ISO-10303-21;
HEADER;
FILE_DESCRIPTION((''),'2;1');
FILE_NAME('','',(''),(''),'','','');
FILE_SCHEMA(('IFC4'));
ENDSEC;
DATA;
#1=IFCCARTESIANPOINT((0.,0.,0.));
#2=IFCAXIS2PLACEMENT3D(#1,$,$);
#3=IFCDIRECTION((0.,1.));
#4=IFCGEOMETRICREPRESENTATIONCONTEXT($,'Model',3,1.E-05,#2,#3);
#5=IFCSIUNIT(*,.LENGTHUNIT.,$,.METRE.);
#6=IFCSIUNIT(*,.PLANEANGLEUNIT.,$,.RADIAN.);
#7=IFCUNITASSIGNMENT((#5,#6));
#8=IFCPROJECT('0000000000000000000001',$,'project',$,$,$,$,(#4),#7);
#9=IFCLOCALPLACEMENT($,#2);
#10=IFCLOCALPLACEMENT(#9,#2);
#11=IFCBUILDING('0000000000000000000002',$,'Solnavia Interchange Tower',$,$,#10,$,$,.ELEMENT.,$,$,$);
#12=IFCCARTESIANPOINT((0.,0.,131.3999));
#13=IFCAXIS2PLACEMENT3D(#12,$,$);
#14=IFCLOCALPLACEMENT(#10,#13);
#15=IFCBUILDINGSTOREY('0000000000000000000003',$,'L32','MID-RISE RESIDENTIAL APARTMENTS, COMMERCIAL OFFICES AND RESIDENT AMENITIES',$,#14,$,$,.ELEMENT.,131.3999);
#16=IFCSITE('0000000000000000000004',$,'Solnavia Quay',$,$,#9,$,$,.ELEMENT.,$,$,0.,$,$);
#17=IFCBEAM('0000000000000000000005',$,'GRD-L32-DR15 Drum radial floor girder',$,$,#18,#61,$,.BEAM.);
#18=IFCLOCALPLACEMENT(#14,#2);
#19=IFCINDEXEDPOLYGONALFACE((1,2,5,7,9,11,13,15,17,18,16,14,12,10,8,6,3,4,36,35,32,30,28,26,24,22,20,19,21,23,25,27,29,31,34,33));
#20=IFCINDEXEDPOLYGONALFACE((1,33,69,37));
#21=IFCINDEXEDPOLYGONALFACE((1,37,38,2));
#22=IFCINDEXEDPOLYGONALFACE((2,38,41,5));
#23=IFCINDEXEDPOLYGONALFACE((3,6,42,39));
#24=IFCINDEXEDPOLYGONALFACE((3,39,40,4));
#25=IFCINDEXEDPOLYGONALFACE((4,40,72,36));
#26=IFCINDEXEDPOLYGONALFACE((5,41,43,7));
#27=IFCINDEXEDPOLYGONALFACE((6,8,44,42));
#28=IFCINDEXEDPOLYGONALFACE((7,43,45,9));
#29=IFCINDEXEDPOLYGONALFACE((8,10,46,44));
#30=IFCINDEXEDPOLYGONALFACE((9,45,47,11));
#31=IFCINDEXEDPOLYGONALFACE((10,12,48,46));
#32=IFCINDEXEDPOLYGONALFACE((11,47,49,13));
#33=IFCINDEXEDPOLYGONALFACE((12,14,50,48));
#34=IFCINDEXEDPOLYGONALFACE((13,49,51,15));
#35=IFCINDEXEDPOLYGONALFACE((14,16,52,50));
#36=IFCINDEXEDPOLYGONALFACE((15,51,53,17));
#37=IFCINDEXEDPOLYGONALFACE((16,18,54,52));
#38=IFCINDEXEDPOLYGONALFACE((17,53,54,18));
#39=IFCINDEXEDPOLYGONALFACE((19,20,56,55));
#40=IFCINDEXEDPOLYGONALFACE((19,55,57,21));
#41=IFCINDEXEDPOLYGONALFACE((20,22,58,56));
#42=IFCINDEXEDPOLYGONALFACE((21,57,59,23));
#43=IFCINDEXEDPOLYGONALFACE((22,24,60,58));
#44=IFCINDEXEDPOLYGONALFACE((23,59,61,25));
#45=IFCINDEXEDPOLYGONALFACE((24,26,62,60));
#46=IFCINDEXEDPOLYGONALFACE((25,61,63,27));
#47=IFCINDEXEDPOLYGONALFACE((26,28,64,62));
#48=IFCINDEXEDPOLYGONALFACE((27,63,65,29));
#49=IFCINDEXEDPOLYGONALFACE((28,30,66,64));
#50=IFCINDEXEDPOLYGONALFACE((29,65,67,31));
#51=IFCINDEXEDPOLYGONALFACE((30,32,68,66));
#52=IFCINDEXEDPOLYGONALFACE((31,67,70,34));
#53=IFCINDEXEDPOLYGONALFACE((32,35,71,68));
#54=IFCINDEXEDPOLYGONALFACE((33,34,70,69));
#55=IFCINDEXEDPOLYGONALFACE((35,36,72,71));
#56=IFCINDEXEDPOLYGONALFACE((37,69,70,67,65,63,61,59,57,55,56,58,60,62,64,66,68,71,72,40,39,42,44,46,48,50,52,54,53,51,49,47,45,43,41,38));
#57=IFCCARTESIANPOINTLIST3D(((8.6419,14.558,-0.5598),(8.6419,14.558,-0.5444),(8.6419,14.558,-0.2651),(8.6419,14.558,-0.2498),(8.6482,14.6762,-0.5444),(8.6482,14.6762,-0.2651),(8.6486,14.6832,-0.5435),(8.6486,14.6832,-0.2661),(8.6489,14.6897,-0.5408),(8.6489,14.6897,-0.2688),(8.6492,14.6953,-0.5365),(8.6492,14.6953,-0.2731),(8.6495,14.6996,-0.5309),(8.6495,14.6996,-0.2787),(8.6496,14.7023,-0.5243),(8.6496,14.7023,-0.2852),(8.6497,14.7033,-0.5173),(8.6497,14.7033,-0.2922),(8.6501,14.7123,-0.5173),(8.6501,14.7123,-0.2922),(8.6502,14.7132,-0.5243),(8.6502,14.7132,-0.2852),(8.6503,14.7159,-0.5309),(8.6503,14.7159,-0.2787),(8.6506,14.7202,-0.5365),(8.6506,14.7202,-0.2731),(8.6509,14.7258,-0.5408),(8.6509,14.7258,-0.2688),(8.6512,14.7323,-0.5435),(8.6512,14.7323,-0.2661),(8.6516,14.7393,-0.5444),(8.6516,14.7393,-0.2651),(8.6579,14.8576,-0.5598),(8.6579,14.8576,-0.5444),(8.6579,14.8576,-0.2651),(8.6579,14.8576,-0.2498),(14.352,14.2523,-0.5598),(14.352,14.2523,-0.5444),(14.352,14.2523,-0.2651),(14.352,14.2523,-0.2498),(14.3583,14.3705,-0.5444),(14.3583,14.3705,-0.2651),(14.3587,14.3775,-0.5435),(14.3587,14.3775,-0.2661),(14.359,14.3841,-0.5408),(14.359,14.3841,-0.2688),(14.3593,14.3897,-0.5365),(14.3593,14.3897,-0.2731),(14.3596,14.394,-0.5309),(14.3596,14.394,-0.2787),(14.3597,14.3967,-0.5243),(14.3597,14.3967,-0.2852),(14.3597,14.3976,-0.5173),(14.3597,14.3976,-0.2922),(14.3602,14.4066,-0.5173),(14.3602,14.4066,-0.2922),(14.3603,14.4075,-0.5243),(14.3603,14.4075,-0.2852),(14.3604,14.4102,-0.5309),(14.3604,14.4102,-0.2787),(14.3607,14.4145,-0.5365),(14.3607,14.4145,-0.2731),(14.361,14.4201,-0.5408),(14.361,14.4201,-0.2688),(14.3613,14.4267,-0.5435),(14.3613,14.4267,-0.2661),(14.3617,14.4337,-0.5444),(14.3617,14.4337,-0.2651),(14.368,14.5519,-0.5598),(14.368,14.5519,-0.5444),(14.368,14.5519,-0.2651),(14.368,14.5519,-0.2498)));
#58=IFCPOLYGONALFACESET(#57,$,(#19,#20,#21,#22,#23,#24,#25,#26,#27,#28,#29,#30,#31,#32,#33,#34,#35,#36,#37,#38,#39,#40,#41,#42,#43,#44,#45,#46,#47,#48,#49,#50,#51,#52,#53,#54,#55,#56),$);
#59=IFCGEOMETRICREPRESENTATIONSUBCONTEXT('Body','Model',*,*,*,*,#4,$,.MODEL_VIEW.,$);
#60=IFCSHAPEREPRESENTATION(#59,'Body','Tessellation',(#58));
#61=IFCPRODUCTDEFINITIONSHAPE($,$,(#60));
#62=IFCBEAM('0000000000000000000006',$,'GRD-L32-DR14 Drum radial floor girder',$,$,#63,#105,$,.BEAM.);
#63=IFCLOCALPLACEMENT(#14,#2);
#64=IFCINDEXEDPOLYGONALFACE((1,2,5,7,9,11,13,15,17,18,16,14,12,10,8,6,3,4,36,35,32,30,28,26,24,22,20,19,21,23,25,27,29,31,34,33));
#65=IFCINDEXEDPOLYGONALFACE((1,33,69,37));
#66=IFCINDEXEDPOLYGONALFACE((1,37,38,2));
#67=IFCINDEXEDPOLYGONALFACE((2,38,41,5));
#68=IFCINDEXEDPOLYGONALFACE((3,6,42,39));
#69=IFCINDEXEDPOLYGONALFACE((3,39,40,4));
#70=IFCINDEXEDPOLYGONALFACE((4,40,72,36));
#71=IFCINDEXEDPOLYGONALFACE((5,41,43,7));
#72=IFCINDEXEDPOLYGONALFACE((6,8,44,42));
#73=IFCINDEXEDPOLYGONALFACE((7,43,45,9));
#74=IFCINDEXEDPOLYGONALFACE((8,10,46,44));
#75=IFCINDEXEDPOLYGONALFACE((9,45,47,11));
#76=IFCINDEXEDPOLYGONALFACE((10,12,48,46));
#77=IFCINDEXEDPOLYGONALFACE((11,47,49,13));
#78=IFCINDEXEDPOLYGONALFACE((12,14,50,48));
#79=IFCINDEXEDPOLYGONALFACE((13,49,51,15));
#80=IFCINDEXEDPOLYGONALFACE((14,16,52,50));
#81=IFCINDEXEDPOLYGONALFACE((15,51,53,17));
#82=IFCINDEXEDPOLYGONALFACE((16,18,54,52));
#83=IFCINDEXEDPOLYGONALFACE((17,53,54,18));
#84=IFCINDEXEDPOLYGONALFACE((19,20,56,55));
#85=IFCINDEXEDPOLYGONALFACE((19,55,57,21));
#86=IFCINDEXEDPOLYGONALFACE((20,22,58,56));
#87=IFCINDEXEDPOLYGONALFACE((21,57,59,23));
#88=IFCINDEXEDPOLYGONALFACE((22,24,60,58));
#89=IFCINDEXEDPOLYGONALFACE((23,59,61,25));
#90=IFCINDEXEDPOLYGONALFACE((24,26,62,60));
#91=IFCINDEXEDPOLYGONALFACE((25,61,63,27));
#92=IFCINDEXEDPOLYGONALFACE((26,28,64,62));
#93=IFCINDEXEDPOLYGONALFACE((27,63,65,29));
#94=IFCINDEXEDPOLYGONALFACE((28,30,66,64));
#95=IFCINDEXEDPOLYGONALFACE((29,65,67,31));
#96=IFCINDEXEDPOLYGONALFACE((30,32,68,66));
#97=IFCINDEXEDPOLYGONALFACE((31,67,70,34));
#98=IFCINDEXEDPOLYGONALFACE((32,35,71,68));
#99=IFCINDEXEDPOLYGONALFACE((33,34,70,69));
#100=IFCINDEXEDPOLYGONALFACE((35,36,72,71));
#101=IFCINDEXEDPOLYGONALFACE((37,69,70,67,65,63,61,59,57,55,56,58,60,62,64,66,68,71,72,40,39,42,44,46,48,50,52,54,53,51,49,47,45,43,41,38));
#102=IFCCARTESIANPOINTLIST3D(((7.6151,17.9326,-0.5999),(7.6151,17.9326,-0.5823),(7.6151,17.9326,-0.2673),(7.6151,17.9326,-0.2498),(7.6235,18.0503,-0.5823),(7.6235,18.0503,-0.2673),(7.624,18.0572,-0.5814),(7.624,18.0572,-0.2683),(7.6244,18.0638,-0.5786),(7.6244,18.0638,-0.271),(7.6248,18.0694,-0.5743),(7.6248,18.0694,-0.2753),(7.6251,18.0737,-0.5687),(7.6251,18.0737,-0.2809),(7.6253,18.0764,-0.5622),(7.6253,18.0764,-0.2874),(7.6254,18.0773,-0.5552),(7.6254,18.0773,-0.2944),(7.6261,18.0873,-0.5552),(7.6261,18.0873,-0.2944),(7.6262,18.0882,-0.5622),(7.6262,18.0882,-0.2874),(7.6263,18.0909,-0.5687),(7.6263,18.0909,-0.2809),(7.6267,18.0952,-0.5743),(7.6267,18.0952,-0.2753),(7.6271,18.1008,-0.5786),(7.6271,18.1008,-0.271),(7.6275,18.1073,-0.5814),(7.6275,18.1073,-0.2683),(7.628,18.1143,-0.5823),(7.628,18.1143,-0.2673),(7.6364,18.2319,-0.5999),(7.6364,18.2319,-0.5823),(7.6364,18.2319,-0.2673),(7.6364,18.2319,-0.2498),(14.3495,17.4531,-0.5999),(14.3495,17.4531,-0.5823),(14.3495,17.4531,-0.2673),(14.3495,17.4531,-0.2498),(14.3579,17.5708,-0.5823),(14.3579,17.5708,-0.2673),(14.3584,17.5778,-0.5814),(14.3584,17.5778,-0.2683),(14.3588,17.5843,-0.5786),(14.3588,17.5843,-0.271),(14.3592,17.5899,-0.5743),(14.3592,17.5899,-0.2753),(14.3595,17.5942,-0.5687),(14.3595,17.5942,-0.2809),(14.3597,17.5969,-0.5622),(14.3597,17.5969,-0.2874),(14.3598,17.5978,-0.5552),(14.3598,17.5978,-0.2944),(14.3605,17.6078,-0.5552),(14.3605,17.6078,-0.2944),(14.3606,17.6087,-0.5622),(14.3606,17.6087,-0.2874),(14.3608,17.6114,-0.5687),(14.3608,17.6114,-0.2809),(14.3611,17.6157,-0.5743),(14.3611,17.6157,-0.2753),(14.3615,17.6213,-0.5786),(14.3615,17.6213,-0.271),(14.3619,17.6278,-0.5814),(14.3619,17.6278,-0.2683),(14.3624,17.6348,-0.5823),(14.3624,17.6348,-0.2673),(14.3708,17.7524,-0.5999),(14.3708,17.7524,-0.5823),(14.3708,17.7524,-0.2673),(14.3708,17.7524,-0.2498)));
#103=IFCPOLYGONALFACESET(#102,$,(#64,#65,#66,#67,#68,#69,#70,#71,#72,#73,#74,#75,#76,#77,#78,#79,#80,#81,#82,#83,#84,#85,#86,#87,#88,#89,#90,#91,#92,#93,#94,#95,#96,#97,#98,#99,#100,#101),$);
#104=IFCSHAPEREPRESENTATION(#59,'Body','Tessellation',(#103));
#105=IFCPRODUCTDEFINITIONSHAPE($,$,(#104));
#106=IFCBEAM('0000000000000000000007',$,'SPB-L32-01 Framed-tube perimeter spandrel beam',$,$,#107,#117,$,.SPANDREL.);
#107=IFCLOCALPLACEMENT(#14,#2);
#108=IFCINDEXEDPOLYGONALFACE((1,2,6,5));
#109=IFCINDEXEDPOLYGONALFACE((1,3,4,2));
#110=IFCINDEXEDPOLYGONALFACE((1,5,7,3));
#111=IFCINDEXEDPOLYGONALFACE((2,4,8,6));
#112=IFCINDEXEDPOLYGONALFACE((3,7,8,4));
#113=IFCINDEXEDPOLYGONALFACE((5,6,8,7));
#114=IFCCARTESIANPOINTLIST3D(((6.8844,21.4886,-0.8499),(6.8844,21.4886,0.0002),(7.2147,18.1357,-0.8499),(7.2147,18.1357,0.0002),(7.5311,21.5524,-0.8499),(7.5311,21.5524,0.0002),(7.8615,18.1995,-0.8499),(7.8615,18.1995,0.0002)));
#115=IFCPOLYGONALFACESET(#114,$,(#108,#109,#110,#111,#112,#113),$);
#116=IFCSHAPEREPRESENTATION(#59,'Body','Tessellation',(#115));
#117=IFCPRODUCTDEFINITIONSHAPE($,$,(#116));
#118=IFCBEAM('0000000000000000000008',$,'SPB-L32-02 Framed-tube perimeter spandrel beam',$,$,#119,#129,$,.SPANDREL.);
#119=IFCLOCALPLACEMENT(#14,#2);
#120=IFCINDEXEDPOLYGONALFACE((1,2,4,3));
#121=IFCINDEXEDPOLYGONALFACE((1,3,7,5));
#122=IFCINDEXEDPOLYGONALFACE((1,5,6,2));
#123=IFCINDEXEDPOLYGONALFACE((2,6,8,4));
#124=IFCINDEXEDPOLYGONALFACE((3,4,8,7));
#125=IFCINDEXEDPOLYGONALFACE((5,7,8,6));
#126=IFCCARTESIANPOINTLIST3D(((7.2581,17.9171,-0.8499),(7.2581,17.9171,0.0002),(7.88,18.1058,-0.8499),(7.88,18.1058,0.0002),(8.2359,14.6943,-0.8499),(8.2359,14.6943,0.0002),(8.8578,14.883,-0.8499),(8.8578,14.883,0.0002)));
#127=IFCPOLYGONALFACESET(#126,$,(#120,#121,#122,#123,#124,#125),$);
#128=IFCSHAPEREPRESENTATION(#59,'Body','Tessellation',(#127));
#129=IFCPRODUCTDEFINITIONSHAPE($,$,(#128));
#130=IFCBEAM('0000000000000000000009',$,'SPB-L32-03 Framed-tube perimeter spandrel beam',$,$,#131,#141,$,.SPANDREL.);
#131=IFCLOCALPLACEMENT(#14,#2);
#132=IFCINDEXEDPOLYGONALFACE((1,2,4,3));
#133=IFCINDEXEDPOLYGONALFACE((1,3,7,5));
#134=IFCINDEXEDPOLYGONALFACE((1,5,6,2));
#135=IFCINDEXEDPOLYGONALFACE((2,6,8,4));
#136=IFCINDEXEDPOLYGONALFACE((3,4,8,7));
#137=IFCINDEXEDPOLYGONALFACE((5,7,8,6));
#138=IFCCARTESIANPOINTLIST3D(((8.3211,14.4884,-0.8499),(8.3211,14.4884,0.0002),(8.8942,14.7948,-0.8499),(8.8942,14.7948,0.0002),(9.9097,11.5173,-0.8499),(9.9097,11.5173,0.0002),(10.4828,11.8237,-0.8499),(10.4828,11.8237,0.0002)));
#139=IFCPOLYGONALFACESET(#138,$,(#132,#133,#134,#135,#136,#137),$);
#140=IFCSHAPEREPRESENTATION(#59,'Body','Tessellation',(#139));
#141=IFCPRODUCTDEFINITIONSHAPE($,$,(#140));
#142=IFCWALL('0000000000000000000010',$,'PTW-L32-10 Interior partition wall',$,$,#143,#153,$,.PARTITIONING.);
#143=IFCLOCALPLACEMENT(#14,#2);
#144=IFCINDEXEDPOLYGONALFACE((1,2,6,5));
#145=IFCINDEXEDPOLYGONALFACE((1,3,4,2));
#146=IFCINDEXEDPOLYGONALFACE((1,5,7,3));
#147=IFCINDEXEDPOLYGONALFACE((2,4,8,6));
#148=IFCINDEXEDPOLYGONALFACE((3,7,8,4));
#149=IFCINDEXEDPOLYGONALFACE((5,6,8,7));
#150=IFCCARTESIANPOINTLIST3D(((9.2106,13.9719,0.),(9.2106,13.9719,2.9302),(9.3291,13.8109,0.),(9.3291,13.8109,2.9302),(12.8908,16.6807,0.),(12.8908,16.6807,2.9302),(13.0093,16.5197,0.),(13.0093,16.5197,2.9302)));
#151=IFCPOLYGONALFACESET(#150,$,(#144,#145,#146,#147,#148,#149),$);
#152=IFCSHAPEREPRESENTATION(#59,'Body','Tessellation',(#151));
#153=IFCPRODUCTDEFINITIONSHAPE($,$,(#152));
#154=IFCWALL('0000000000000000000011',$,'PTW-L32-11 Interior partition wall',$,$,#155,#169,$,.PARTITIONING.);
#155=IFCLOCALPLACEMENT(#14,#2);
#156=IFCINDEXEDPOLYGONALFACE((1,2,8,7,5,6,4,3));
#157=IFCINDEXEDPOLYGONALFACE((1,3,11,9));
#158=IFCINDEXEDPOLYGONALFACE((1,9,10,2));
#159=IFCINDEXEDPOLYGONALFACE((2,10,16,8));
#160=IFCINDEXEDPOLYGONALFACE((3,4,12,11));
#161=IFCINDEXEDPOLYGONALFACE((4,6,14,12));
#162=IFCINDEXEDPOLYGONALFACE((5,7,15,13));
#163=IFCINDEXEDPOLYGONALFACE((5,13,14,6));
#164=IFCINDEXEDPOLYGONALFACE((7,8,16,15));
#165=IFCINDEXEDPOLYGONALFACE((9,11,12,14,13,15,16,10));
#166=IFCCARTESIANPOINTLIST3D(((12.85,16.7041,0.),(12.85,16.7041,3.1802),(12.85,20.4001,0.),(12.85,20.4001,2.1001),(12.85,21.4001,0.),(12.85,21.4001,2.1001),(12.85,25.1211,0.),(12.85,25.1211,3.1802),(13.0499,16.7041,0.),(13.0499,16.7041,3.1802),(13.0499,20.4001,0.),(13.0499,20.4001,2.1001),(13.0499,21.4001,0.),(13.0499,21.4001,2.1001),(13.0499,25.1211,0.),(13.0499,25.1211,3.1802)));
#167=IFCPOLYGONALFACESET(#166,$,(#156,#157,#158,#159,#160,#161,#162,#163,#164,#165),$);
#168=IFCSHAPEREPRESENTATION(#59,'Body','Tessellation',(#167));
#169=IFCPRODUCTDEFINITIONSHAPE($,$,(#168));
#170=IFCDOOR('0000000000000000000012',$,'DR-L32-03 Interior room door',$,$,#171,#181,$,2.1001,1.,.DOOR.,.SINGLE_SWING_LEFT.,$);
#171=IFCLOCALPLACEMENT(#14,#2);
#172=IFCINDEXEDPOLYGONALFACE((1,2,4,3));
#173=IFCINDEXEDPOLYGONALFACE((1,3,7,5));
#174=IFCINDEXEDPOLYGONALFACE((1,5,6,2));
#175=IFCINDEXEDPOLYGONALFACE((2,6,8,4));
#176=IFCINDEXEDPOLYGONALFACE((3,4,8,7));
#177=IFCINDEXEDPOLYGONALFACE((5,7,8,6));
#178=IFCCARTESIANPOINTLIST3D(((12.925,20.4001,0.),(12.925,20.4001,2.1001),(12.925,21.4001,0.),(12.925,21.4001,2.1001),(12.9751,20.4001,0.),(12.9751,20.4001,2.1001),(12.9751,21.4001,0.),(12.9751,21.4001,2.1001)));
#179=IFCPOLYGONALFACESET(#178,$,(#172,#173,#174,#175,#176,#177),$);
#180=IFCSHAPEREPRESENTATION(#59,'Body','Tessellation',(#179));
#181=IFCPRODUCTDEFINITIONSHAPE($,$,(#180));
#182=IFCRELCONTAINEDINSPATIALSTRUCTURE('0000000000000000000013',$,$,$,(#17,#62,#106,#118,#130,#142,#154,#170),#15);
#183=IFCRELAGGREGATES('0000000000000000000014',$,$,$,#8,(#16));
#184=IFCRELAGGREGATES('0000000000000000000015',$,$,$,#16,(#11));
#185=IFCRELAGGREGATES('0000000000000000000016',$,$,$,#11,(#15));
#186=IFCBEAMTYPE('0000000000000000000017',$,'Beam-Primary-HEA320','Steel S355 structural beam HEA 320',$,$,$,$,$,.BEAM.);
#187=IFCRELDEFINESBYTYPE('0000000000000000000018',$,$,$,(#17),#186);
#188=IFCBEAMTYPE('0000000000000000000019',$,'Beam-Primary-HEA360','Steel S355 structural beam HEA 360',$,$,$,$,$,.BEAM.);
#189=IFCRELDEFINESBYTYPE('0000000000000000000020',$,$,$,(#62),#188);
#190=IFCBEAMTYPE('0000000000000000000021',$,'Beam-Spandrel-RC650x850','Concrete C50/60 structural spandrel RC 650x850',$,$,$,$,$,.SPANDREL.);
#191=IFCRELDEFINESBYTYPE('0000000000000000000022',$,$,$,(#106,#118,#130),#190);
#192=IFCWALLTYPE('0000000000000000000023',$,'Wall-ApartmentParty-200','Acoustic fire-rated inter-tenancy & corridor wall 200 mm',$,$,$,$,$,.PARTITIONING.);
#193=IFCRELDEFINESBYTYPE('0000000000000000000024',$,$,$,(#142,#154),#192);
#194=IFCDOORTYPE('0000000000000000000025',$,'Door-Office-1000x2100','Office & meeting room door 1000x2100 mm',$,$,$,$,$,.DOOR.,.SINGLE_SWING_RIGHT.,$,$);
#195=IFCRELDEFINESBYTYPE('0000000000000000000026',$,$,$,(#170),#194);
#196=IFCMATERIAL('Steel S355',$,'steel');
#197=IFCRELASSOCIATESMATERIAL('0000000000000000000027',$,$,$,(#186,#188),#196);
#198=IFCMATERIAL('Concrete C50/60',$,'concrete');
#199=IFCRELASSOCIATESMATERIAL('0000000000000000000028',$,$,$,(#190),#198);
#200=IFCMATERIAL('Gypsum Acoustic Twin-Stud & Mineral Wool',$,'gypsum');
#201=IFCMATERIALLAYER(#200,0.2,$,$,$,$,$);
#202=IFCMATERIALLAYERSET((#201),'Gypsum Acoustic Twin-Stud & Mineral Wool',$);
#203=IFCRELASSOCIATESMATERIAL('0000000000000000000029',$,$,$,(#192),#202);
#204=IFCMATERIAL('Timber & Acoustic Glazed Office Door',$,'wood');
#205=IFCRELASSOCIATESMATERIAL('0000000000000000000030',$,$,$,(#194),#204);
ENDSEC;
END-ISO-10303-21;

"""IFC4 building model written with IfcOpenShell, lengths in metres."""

from ifc_helpers import new_model, si_unit, direction, frame, frame_2d, origin, origin_2d, place, context, subcontext, project, spatial, rectangle, i_section, extrude, material, layer, layer_set, material_profile, profile_set, type_object, element, fill, save


model = new_model("IFC4")

# Units and contexts
model_context = context("Model", 3, precision=1e-05, world=origin(), true_north=direction((0.0, 1.0)))
body_context = subcontext(model_context, "Body", "Model", "MODEL_VIEW")
ifc_project = project(units=[si_unit("LENGTHUNIT", "METRE"), si_unit("PLANEANGLEUNIT", "RADIAN")], contexts=[model_context])

# Site, building, storey
site_placement = place(None, origin())
site = spatial("IfcSite", under=ifc_project, at=site_placement, Name="Solnavia Quay", CompositionType="ELEMENT", RefElevation=0.0)
building_placement = place(site_placement, origin())
building = spatial("IfcBuilding", under=site, at=building_placement, Name="Solnavia Interchange Tower", CompositionType="ELEMENT")
storey_placement = place(building_placement, frame((0.0, 0.0, 131.3999)))
storey = spatial("IfcBuildingStorey", under=building, at=storey_placement, Name="L32", Description="MID-RISE RESIDENTIAL APARTMENTS, COMMERCIAL OFFICES AND RESIDENT AMENITIES", CompositionType="ELEMENT", Elevation=131.3999)

# Shared definitions
ifc_material_1 = material(Name="Concrete C50/60", Category="concrete")

# Beams
ifc_material_2 = material(Name="Steel S355", Category="steel")
ifc_material_profile_1 = material_profile(ifc_material_2, i_section(OverallWidth=0.3, OverallDepth=0.3101, WebThickness=0.009, FlangeThickness=0.0154, FilletRadius=0.0271, at=origin_2d()), Name="HEA 320")
ifc_profile_set_1 = profile_set([ifc_material_profile_1], Name="Steel S355")
beam_type_1 = type_object("IfcBeamType", Name="Beam-Primary-HEA320", Description="Steel S355 structural beam HEA 320", PredefinedType="BEAM", material=ifc_profile_set_1)
beam_1_placement = place(storey_placement, frame((8.6499, 14.7078, -0.4048), z_axis=(0.99857, -0.053453, 0.0), x_axis=(0.053453, 0.99857, 0.0)))
element("IfcBeam", 1, at=beam_1_placement, inside=storey, type_object=beam_type_1, Name="GRD-L32-DR15 Drum radial floor girder", PredefinedType="BEAM", context=body_context, shape_type="SweptSolid", body=[
    extrude(i_section(OverallWidth=0.3, OverallDepth=0.3101, WebThickness=0.009, FlangeThickness=0.0154, FilletRadius=0.0271, at=origin_2d()), origin(), (0.0, 0.0, 1.0), 5.7183),
])
ifc_material_profile_2 = material_profile(ifc_material_2, i_section(OverallWidth=0.3, OverallDepth=0.3501, WebThickness=0.01, FlangeThickness=0.0176, FilletRadius=0.0271, at=origin_2d()), Name="HEA 360")
ifc_profile_set_2 = profile_set([ifc_material_profile_2], Name="Steel S355")
beam_type_2 = type_object("IfcBeamType", Name="Beam-Primary-HEA360", Description="Steel S355 structural beam HEA 360", PredefinedType="BEAM", material=ifc_profile_set_2)
beam_2_placement = place(storey_placement, frame((7.6257, 18.0823, -0.4248), z_axis=(0.997475, -0.071021, 0.0), x_axis=(0.071021, 0.997475, 0.0)))
element("IfcBeam", 2, at=beam_2_placement, inside=storey, type_object=beam_type_2, Name="GRD-L32-DR14 Drum radial floor girder", PredefinedType="BEAM", context=body_context, shape_type="SweptSolid", body=[
    extrude(i_section(OverallWidth=0.3, OverallDepth=0.3501, WebThickness=0.01, FlangeThickness=0.0176, FilletRadius=0.0271, at=origin_2d()), origin(), (0.0, 0.0, 1.0), 6.7515),
])
ifc_material_profile_3 = material_profile(ifc_material_1, rectangle(XDim=0.6499, YDim=0.8501, at=origin_2d()), Name="RC 650x850")
ifc_profile_set_3 = profile_set([ifc_material_profile_3], Name="Concrete C50/60")
beam_type_3 = type_object("IfcBeamType", Name="Beam-Spandrel-RC650x850", Description="Concrete C50/60 structural spandrel RC 650x850", PredefinedType="SPANDREL", material=ifc_profile_set_3)
beam_3_placement = place(storey_placement, frame((7.2078, 21.5205, -0.4248), z_axis=(0.09804, -0.995182, 0.0), x_axis=(0.995182, 0.09804, 0.0)))
element("IfcBeam", 3, at=beam_3_placement, inside=storey, type_object=beam_type_3, Name="SPB-L32-01 Framed-tube perimeter spandrel beam", PredefinedType="SPANDREL", context=body_context, shape_type="SweptSolid", body=[
    extrude(rectangle(XDim=0.6499, YDim=0.8501, at=origin_2d()), origin(), (0.0, 0.0, 1.0), 3.3691),
])
beam_4_placement = place(storey_placement, frame((7.5691, 18.0115, -0.4248), z_axis=(0.290319, -0.95693, 0.0), x_axis=(0.95693, 0.290319, 0.0)))
element("IfcBeam", 4, at=beam_4_placement, inside=storey, type_object=beam_type_3, Name="SPB-L32-02 Framed-tube perimeter spandrel beam", PredefinedType="SPANDREL", context=body_context, shape_type="SweptSolid", body=[
    extrude(rectangle(XDim=0.6499, YDim=0.8501, at=origin_2d()), origin(), (0.0, 0.0, 1.0), 3.3679),
])
beam_5_placement = place(storey_placement, frame((8.6077, 14.6416, -0.4248), z_axis=(0.471509, -0.881861, 0.0), x_axis=(0.881861, 0.471509, 0.0)))
element("IfcBeam", 5, at=beam_5_placement, inside=storey, type_object=beam_type_3, Name="SPB-L32-03 Framed-tube perimeter spandrel beam", PredefinedType="SPANDREL", context=body_context, shape_type="SweptSolid", body=[
    extrude(rectangle(XDim=0.6499, YDim=0.8501, at=origin_2d()), origin(), (0.0, 0.0, 1.0), 3.3691),
])

# Wall
ifc_material_3 = material(Name="Gypsum Acoustic Twin-Stud & Mineral Wool", Category="gypsum")
ifc_layer_1 = layer(ifc_material_3, 0.2)
ifc_layer_set_1 = layer_set([ifc_layer_1], Name="Gypsum Acoustic Twin-Stud & Mineral Wool")
wall_type_1 = type_object("IfcWallType", Name="Wall-ApartmentParty-200", Description="Acoustic fire-rated inter-tenancy & corridor wall 200 mm", PredefinedType="PARTITIONING", material=ifc_layer_set_1)
wall_1_placement = place(storey_placement, frame((12.95, 16.6001, 0.0), z_axis=(0.0, 0.0, 1.0), x_axis=(-0.805366, -0.592778, 0.0)))
element("IfcWall", 6, at=wall_1_placement, inside=storey, type_object=wall_type_1, Name="PTW-L32-10 Interior partition wall", PredefinedType="PARTITIONING", context=body_context, shape_type="SweptSolid", body=[
    extrude(rectangle(XDim=4.5696, YDim=0.2, at=frame_2d((2.2847, 0.0))), origin(), (0.0, 0.0, 1.0), 2.9302),
])

# Wall, opening, door
wall_2_placement = place(storey_placement, frame((12.95, 16.7041, 0.0), z_axis=(0.0, 0.0, 1.0), x_axis=(0.0, 1.0, 0.0)))
wall_2 = element("IfcWall", 7, at=wall_2_placement, inside=storey, type_object=wall_type_1, Name="PTW-L32-11 Interior partition wall", PredefinedType="PARTITIONING", context=body_context, shape_type="SweptSolid", body=[
    extrude(rectangle(XDim=8.417, YDim=0.2, at=frame_2d((4.2085, 0.0))), origin(), (0.0, 0.0, 1.0), 3.1802),
])
opening_1_placement = place(wall_2_placement, frame((3.696, 0.0, 0.0)))
opening_1 = element("IfcOpeningElement", 8, at=opening_1_placement, cuts=wall_2, PredefinedType="OPENING", context=body_context, shape_type="SweptSolid", body=[
    extrude(rectangle(XDim=1.0, YDim=2.1001, at=frame_2d((0.5, 1.05))), frame((0.0, 0.1099, 0.0), z_axis=(0.0, -1.0, 0.0), x_axis=(1.0, 0.0, 0.0)), (0.0, 0.0, 1.0), 0.22),
])
ifc_material_4 = material(Name="Timber & Acoustic Glazed Office Door", Category="wood")
door_type_1 = type_object("IfcDoorType", Name="Door-Office-1000x2100", Description="Office & meeting room door 1000x2100 mm", OperationType="SINGLE_SWING_RIGHT", PredefinedType="DOOR", material=ifc_material_4)
door_1_placement = place(opening_1_placement, origin())
door_1 = element("IfcDoor", 9, at=door_1_placement, inside=storey, type_object=door_type_1, Name="DR-L32-03 Interior room door", OperationType="SINGLE_SWING_LEFT", OverallHeight=2.1001, OverallWidth=1.0, PredefinedType="DOOR", context=body_context, shape_type="SweptSolid", body=[
    extrude(rectangle(XDim=1.0, YDim=2.1001, at=frame_2d((0.5, 1.05))), frame((0.0, 0.0249, 0.0), z_axis=(0.0, -1.0, 0.0), x_axis=(1.0, 0.0, 0.0)), (0.0, 0.0, 1.0), 0.05),
])
fill(opening_1, door_1)

save(model, "model.ifc")
